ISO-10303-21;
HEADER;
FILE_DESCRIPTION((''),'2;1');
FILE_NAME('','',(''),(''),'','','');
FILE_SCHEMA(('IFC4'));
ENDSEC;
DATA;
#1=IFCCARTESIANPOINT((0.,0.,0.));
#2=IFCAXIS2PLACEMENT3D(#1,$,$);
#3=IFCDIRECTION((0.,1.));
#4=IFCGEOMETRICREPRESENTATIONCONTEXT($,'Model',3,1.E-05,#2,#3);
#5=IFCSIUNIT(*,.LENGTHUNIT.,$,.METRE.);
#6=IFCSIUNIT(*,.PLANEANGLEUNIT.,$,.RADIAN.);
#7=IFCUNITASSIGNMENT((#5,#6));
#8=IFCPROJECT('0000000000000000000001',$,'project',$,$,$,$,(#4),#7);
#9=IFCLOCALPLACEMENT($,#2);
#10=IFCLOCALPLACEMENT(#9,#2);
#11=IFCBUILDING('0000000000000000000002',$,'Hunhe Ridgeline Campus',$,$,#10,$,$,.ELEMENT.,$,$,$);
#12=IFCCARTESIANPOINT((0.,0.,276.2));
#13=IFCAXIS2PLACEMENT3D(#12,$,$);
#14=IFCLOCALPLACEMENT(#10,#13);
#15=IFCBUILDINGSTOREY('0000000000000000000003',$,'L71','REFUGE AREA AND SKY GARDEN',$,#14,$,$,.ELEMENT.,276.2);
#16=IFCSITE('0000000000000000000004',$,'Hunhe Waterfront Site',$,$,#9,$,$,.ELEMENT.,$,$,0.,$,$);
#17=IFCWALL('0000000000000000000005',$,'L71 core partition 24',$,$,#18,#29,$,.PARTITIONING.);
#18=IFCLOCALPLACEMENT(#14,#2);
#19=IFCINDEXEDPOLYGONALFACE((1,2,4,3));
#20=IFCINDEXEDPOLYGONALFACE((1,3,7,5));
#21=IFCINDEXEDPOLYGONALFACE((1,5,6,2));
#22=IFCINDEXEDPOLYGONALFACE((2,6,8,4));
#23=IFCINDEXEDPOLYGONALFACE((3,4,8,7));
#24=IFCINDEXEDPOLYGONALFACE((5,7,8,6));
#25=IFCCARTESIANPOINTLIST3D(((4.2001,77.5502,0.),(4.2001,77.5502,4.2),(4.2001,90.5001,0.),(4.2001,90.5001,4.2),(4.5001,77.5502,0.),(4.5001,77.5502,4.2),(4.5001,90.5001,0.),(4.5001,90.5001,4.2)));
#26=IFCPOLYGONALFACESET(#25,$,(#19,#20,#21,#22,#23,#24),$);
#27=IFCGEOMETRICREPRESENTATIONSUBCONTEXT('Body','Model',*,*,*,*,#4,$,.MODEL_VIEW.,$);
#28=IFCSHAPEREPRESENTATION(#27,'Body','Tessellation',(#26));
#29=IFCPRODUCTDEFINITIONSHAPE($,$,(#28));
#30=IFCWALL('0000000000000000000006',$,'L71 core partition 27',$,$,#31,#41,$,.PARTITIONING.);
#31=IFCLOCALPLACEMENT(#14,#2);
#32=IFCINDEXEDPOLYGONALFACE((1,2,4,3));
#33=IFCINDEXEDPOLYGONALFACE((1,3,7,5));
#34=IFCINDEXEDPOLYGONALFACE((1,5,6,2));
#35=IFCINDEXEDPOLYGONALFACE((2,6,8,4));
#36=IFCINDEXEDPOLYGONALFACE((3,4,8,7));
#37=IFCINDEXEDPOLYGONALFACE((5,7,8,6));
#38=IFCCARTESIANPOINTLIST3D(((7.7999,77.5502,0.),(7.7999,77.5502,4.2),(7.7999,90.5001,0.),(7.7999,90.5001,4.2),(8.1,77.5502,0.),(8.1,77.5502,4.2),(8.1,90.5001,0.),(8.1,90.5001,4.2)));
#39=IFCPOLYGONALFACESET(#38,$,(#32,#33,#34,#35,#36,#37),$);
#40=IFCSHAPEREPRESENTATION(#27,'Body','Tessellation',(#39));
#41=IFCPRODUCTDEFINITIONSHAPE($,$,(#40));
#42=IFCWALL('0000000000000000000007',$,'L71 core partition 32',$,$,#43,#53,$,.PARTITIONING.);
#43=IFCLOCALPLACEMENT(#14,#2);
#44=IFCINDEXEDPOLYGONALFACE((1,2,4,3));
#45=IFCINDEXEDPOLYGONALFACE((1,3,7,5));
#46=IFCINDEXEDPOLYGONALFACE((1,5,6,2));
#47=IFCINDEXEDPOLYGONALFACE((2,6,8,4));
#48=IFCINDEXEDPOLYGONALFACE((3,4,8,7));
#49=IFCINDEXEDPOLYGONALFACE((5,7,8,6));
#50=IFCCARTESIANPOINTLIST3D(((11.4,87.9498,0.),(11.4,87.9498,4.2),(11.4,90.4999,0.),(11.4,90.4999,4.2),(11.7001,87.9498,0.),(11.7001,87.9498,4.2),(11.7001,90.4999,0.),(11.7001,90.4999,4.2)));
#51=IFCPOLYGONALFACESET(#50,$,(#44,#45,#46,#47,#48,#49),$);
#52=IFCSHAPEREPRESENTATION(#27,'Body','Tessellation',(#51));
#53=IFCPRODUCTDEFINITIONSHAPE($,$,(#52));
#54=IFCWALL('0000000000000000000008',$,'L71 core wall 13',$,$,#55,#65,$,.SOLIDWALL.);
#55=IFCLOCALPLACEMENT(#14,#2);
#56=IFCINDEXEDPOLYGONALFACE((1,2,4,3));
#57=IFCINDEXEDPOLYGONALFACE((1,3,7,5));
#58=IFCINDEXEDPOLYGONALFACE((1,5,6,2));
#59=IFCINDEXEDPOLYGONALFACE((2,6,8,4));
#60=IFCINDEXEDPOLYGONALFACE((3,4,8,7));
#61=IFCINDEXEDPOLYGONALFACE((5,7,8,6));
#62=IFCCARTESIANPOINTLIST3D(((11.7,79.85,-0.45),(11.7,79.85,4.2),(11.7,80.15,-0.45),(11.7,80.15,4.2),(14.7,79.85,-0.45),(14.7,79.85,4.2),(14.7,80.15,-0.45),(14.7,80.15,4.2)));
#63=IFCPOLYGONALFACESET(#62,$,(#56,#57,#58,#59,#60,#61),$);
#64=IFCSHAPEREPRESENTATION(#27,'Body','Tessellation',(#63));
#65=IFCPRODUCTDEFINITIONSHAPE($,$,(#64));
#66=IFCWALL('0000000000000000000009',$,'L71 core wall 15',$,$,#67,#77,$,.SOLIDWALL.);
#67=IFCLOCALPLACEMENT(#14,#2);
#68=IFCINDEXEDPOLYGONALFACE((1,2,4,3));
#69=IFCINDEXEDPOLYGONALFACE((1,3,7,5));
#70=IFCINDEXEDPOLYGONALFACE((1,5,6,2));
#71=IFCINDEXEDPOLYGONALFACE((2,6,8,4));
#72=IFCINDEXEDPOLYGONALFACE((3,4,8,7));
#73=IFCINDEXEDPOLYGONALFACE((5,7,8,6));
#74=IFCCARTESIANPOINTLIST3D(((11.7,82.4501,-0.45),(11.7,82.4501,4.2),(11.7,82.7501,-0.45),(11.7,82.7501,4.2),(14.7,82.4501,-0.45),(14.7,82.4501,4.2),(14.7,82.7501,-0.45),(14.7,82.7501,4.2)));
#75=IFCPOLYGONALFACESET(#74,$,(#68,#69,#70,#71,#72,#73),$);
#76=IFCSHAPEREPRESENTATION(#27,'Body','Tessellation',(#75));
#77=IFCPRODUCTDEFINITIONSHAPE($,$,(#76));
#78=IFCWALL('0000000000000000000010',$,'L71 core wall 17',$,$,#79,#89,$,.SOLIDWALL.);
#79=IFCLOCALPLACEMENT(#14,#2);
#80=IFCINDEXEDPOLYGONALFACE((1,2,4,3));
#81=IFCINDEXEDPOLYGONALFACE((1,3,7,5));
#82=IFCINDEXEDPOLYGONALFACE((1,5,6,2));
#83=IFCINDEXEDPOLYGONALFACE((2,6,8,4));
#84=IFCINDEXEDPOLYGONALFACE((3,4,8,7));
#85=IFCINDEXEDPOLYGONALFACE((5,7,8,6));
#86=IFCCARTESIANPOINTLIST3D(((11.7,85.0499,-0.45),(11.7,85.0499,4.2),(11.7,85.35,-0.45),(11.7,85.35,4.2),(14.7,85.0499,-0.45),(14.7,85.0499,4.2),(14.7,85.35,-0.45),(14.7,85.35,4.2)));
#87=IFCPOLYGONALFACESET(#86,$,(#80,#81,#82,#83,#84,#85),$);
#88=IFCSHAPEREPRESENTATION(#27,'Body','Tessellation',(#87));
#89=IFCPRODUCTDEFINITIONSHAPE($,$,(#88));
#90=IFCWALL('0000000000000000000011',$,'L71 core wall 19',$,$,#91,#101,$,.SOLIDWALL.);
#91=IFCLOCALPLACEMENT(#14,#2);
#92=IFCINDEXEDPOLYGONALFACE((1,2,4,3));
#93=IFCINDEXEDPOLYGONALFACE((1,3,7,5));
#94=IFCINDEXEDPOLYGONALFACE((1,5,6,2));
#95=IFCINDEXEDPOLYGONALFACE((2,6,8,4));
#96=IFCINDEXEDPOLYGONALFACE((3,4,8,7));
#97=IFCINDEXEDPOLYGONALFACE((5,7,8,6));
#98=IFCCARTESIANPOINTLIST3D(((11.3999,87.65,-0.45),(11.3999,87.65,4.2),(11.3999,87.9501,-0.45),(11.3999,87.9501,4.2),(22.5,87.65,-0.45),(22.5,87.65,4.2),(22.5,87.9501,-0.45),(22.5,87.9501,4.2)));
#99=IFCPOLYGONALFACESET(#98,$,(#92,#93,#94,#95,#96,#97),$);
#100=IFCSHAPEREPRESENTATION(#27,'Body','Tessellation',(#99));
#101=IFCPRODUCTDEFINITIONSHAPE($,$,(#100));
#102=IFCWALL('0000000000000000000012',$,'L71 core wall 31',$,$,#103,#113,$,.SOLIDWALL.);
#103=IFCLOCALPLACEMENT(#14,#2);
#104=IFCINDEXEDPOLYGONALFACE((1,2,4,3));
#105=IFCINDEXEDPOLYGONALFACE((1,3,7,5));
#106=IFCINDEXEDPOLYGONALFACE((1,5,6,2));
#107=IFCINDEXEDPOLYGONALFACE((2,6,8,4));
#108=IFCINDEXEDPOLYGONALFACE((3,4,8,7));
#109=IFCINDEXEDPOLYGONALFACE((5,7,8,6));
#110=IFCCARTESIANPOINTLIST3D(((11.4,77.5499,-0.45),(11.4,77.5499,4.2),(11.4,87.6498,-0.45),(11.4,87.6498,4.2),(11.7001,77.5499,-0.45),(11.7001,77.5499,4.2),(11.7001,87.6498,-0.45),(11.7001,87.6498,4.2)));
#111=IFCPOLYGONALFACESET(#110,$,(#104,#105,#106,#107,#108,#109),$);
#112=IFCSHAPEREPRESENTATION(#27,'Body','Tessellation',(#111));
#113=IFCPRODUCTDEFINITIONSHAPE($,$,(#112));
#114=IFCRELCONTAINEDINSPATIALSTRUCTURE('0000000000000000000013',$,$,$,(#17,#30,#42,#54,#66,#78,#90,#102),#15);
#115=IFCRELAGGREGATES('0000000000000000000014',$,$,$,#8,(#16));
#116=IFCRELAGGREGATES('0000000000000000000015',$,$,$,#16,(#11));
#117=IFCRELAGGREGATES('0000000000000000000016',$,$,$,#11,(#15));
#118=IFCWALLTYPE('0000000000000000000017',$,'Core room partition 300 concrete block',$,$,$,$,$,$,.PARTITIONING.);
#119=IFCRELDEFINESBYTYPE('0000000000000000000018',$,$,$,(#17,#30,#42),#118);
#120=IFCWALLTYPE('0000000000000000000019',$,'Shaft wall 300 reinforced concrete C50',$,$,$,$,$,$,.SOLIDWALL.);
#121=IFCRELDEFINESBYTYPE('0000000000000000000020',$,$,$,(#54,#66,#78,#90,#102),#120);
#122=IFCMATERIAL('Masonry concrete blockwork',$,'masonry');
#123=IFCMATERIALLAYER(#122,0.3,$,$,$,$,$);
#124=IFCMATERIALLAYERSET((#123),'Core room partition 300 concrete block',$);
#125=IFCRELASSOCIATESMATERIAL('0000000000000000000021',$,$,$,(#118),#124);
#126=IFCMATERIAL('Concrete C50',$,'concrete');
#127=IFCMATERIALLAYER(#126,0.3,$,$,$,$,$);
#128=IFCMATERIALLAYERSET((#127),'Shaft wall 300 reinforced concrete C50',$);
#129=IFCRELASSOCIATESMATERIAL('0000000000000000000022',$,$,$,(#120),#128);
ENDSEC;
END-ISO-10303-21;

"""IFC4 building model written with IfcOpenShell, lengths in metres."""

from ifc_helpers import new_model, si_unit, direction, frame, frame_2d, origin, place, context, subcontext, project, spatial, rectangle, extrude, material, layer, layer_set, type_object, element, save


model = new_model("IFC4")

# Units and contexts
model_context = context("Model", 3, precision=1e-05, world=origin(), true_north=direction((0.0, 1.0)))
body_context = subcontext(model_context, "Body", "Model", "MODEL_VIEW")
ifc_project = project(units=[si_unit("LENGTHUNIT", "METRE"), si_unit("PLANEANGLEUNIT", "RADIAN")], contexts=[model_context])

# Site, building, storey
site_placement = place(None, origin())
site = spatial("IfcSite", under=ifc_project, at=site_placement, Name="Hunhe Waterfront Site", CompositionType="ELEMENT", RefElevation=0.0)
building_placement = place(site_placement, origin())
building = spatial("IfcBuilding", under=site, at=building_placement, Name="Hunhe Ridgeline Campus", CompositionType="ELEMENT")
storey_placement = place(building_placement, frame((0.0, 0.0, 276.2)))
storey = spatial("IfcBuildingStorey", under=building, at=storey_placement, Name="L71", Description="REFUGE AREA AND SKY GARDEN", CompositionType="ELEMENT", Elevation=276.2)

# Walls
ifc_material_1 = material(Name="Masonry concrete blockwork", Category="masonry")
ifc_layer_1 = layer(ifc_material_1, 0.3)
ifc_layer_set_1 = layer_set([ifc_layer_1], Name="Core room partition 300 concrete block")
wall_type_1 = type_object("IfcWallType", Name="Core room partition 300 concrete block", PredefinedType="PARTITIONING", material=ifc_layer_set_1)
for number, where, z_axis, x_axis, name in (
    (1, (4.3501, 77.55, 0.0), (0.0, 0.0, 1.0), (0.0, 1.0, 0.0), "L71 core partition 24"),
    (2, (7.95, 77.55, 0.0), (0.0, 0.0, 1.0), (0.0, 1.0, 0.0), "L71 core partition 27"),
):
    element("IfcWall", number, at=place(storey_placement, frame(where, z_axis=z_axis, x_axis=x_axis)), inside=storey, type_object=wall_type_1, Name=name, PredefinedType="PARTITIONING", context=body_context, shape_type="SweptSolid", body=[
        extrude(rectangle(XDim=12.95, YDim=0.3, at=frame_2d((6.4751, 0.0))), origin(), (0.0, 0.0, 1.0), 4.2),
    ])
wall_1_placement = place(storey_placement, frame((11.55, 87.95, 0.0), z_axis=(0.0, 0.0, 1.0), x_axis=(0.0, 1.0, 0.0)))
element("IfcWall", 3, at=wall_1_placement, inside=storey, type_object=wall_type_1, Name="L71 core partition 32", PredefinedType="PARTITIONING", context=body_context, shape_type="SweptSolid", body=[
    extrude(rectangle(XDim=2.55, YDim=0.3, at=frame_2d((1.2749, 0.0))), origin(), (0.0, 0.0, 1.0), 4.2),
])

# Shared definitions
ifc_material_2 = material(Name="Concrete C50", Category="concrete")
ifc_layer_2 = layer(ifc_material_2, 0.3)
ifc_layer_set_2 = layer_set([ifc_layer_2], Name="Shaft wall 300 reinforced concrete C50")
wall_type_2 = type_object("IfcWallType", Name="Shaft wall 300 reinforced concrete C50", PredefinedType="SOLIDWALL", material=ifc_layer_set_2)

# Walls
for number, where, z_axis, x_axis, name in (
    (4, (11.7, 80.0, -0.45), (0.0, 0.0, 1.0), (1.0, 0.0, 0.0), "L71 core wall 13"),
    (5, (11.7, 82.6001, -0.45), (0.0, 0.0, 1.0), (1.0, 0.0, 0.0), "L71 core wall 15"),
    (6, (11.7, 85.2, -0.45), (0.0, 0.0, 1.0), (1.0, 0.0, 0.0), "L71 core wall 17"),
):
    element("IfcWall", number, at=place(storey_placement, frame(where, z_axis=z_axis, x_axis=x_axis)), inside=storey, type_object=wall_type_2, Name=name, PredefinedType="SOLIDWALL", context=body_context, shape_type="SweptSolid", body=[
        extrude(rectangle(XDim=3.0, YDim=0.3, at=frame_2d((1.5, 0.0))), origin(), (0.0, 0.0, 1.0), 4.6499),
    ])
wall_2_placement = place(storey_placement, frame((11.3999, 87.8, -0.45), z_axis=(0.0, 0.0, 1.0), x_axis=(1.0, 0.0, 0.0)))
element("IfcWall", 7, at=wall_2_placement, inside=storey, type_object=wall_type_2, Name="L71 core wall 19", PredefinedType="SOLIDWALL", context=body_context, shape_type="SweptSolid", body=[
    extrude(rectangle(XDim=11.1001, YDim=0.3, at=frame_2d((5.55, 0.0))), origin(), (0.0, 0.0, 1.0), 4.6499),
])
wall_3_placement = place(storey_placement, frame((11.55, 77.55, -0.45), z_axis=(0.0, 0.0, 1.0), x_axis=(0.0, 1.0, 0.0)))
element("IfcWall", 8, at=wall_3_placement, inside=storey, type_object=wall_type_2, Name="L71 core wall 31", PredefinedType="SOLIDWALL", context=body_context, shape_type="SweptSolid", body=[
    extrude(rectangle(XDim=10.0999, YDim=0.3, at=frame_2d((5.0498, 0.0))), origin(), (0.0, 0.0, 1.0), 4.6499),
])

save(model, "model.ifc")
